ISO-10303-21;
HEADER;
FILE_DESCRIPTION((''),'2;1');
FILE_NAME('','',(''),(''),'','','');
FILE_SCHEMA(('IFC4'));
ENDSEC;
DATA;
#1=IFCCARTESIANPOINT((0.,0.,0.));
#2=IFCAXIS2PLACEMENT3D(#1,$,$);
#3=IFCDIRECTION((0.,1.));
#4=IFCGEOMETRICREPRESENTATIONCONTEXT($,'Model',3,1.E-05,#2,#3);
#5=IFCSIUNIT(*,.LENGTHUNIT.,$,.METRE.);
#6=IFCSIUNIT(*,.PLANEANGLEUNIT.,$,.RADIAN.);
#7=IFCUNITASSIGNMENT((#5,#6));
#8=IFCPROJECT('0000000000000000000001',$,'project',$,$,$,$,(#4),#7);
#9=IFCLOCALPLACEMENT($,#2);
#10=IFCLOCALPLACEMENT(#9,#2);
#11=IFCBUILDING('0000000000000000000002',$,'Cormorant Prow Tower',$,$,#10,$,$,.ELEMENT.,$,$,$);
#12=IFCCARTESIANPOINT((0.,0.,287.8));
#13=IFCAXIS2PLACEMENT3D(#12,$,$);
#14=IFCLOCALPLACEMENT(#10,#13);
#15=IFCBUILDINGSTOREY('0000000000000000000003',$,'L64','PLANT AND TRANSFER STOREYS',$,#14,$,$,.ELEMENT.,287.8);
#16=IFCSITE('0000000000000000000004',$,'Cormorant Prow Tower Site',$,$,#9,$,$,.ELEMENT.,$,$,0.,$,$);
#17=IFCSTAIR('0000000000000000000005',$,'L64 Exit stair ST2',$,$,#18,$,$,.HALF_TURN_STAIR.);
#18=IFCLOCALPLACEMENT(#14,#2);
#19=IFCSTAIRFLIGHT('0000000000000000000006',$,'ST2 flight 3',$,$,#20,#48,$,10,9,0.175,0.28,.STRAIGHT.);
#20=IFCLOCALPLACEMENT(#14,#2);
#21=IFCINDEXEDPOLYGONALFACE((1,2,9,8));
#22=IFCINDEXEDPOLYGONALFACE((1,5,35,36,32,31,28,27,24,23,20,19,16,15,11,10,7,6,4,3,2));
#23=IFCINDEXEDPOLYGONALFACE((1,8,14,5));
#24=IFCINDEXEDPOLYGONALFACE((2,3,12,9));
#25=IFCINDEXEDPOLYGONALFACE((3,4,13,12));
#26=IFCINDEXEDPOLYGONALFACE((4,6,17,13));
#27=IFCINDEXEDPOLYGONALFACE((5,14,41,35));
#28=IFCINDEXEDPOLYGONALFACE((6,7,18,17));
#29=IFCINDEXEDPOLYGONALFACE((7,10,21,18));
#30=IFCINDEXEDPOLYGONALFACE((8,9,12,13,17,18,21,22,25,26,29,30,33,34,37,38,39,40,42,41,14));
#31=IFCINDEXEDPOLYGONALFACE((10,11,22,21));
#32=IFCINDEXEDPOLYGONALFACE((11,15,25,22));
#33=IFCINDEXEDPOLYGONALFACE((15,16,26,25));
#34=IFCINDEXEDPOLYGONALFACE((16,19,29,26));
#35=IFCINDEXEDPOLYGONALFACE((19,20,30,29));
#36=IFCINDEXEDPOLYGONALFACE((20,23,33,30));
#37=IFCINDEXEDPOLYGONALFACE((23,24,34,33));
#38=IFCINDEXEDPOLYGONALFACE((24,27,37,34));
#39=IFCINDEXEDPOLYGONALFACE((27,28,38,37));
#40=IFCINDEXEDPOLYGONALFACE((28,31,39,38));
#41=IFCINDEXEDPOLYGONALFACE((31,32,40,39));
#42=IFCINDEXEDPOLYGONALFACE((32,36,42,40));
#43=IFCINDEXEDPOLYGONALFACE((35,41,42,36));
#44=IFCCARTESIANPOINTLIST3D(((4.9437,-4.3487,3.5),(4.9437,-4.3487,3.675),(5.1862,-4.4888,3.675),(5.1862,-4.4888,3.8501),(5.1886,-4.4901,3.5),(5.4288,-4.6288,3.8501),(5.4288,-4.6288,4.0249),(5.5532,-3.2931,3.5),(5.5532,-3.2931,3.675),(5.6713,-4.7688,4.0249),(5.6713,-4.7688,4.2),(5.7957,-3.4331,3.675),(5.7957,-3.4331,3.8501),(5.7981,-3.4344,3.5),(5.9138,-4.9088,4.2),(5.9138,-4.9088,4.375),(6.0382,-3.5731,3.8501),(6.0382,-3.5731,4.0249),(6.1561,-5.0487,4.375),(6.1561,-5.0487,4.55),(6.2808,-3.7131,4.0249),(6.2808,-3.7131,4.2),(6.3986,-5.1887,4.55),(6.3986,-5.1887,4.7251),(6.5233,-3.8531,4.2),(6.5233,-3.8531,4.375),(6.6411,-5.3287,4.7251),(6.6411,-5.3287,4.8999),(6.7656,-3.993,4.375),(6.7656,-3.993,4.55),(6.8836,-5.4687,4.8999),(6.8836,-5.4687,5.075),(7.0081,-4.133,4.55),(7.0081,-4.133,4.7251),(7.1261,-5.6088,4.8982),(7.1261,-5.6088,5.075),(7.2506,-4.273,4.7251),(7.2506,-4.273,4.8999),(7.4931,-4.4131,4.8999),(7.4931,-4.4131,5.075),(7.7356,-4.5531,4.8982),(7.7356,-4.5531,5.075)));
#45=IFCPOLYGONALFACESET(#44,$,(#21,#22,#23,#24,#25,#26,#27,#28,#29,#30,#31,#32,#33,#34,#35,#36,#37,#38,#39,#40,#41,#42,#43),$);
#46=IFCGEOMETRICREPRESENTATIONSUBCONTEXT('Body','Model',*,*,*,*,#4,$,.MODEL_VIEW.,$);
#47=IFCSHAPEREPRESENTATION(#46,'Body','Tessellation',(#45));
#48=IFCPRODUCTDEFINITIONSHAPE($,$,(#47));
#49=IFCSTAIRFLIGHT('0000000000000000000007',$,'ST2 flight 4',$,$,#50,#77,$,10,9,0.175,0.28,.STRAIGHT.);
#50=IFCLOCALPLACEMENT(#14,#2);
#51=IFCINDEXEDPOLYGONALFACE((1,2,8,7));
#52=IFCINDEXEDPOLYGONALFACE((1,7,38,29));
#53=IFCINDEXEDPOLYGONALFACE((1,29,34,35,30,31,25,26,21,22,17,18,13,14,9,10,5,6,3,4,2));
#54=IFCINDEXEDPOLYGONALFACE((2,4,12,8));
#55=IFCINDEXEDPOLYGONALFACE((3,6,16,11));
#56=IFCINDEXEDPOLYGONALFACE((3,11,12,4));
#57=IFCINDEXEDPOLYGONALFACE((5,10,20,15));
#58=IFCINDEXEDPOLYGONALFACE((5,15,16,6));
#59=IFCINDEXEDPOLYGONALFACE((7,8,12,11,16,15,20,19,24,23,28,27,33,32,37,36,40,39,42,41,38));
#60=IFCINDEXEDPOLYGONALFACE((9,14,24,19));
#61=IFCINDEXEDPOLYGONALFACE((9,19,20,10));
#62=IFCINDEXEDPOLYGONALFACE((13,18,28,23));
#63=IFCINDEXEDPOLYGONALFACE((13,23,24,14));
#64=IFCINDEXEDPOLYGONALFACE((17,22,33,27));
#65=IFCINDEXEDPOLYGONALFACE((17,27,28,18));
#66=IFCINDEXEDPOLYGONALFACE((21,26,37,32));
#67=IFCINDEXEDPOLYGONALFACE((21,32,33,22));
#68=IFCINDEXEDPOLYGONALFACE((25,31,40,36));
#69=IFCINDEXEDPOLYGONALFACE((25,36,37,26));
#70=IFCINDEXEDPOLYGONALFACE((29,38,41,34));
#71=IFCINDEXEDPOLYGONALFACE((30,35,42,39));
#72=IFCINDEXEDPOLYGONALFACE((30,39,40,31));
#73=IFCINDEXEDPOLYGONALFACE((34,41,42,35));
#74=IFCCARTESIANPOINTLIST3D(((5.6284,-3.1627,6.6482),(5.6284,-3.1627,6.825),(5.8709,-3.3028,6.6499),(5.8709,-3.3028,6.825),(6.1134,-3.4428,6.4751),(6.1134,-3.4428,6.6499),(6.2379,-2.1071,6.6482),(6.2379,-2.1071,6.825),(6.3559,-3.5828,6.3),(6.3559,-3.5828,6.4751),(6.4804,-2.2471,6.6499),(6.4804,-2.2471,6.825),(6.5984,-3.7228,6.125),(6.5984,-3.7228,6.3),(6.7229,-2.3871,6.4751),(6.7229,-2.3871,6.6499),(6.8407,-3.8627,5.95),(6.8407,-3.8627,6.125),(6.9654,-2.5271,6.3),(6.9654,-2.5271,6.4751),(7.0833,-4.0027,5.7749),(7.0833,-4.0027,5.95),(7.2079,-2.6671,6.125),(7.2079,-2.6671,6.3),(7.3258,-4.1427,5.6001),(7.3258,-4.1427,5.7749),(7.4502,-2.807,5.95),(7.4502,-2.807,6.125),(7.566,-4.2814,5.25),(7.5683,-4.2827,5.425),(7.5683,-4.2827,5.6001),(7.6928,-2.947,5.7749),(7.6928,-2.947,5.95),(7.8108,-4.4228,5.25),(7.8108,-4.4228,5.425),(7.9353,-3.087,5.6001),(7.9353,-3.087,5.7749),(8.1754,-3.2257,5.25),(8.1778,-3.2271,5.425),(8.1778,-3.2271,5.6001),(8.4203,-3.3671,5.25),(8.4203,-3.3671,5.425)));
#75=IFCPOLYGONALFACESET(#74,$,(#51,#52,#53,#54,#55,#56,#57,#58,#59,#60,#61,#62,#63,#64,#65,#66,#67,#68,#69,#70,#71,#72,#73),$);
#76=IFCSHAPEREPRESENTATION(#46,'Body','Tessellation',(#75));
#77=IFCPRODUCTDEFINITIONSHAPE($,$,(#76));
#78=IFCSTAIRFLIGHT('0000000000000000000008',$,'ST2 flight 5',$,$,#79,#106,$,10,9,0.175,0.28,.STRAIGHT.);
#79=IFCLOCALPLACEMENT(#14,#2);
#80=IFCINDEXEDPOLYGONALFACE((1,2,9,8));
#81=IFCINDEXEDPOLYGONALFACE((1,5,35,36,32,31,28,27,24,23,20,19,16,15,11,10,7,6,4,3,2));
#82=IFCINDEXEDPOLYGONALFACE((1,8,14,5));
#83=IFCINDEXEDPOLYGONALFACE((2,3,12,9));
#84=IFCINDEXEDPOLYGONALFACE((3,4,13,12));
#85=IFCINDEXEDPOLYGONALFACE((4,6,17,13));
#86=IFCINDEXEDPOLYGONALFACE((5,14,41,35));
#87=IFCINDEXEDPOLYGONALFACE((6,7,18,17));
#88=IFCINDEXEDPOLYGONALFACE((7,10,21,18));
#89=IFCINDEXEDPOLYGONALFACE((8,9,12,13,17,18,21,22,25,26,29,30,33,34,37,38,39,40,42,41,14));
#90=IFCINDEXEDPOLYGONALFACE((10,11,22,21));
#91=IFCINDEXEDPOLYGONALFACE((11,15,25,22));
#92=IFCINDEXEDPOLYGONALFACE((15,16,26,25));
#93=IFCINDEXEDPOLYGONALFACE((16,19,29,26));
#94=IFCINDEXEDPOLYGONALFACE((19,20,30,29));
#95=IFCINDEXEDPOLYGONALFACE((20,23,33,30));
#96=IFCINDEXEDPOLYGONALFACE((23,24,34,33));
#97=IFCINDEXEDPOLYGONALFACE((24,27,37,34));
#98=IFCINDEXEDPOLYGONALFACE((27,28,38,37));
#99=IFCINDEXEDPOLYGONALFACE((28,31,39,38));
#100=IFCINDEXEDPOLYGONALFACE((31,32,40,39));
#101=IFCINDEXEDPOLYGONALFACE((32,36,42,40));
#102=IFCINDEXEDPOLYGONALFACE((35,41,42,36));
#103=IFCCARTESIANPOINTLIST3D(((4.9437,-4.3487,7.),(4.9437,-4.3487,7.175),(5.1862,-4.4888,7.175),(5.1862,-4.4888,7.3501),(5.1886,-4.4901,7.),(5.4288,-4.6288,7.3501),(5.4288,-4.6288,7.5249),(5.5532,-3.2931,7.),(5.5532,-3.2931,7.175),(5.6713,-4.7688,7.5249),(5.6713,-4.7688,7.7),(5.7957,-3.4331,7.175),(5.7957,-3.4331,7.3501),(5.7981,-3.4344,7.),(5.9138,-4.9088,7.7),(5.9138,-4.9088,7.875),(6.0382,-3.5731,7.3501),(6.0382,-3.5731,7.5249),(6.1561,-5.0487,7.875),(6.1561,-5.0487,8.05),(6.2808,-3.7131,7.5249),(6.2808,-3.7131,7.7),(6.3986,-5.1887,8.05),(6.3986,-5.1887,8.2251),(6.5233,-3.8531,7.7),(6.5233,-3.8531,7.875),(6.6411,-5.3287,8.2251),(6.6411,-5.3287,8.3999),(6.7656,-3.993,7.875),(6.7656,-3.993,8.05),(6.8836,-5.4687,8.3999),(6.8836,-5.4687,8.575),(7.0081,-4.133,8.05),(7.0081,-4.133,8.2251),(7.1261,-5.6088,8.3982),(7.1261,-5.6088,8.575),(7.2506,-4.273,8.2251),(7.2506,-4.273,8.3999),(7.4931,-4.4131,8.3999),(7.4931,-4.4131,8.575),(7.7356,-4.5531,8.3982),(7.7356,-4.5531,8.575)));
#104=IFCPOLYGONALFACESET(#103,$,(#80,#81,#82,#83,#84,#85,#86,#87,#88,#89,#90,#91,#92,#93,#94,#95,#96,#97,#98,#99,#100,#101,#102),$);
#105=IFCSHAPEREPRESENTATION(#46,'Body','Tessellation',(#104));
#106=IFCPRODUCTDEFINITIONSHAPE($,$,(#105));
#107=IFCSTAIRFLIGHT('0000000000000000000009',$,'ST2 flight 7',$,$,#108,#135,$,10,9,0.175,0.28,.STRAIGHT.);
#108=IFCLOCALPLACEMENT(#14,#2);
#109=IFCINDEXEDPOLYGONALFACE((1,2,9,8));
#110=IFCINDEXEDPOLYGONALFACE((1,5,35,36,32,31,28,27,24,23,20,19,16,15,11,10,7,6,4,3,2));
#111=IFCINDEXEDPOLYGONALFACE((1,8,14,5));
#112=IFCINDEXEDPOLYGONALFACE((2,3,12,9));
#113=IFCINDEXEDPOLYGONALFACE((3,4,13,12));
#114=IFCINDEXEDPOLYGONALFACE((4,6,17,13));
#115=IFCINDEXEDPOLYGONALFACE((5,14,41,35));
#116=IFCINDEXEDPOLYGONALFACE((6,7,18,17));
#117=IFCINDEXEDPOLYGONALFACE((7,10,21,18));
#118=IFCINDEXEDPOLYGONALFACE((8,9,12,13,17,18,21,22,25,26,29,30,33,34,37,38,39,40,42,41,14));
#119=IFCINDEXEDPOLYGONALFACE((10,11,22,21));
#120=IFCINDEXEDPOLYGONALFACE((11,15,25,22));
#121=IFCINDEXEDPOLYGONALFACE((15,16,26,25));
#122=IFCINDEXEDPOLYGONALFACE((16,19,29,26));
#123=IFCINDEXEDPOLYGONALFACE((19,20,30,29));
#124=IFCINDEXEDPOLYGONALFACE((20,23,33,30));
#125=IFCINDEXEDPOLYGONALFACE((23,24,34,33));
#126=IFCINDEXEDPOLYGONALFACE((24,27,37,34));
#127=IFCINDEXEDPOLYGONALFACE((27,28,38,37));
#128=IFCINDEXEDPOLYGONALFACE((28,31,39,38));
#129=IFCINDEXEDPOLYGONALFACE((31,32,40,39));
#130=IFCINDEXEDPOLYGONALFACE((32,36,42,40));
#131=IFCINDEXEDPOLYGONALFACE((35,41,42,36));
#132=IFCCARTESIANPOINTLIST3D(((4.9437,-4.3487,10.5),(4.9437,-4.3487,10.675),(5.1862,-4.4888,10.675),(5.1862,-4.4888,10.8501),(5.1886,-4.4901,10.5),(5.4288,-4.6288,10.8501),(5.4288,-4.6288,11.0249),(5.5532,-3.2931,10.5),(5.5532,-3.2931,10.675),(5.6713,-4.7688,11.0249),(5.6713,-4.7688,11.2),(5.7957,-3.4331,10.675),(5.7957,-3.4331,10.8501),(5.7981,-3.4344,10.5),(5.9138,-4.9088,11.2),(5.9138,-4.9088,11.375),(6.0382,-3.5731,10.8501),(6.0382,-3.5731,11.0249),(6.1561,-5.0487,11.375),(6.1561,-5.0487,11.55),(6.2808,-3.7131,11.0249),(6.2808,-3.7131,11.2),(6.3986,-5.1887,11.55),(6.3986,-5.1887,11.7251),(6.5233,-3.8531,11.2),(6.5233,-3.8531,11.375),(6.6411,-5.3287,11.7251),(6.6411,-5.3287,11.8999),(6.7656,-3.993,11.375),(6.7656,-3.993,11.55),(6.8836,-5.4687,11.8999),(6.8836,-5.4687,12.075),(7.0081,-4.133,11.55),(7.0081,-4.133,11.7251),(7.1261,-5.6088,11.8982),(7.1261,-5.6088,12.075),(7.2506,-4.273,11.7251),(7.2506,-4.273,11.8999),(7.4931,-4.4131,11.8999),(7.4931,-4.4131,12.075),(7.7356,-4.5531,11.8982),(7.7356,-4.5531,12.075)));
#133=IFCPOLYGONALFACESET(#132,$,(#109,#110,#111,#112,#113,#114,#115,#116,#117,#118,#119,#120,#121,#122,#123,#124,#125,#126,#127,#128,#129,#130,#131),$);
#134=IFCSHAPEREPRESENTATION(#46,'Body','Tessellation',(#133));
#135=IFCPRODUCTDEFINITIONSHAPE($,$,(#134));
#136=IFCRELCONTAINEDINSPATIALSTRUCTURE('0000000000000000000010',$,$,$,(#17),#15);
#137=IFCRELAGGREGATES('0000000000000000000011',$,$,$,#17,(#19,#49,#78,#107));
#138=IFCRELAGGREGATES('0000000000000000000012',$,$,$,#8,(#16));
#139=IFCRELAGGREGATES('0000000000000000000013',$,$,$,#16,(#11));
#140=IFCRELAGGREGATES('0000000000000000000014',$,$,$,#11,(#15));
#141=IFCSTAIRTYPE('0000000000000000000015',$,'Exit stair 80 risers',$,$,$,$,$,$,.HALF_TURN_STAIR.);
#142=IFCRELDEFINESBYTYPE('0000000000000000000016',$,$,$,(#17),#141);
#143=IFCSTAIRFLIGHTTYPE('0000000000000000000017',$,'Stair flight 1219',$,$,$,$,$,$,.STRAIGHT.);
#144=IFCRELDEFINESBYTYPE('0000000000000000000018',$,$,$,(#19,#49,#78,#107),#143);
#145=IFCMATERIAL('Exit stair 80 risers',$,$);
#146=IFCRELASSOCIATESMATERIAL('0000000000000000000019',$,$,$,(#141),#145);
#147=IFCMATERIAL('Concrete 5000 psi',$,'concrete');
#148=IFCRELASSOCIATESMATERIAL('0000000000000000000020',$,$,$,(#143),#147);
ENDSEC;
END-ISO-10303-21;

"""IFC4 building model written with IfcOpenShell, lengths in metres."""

from ifc_helpers import new_model, si_unit, direction, frame, origin, place, context, subcontext, project, spatial, polyline, outline, extrude, material, type_object, element, aggregate, save


model = new_model("IFC4")

# Units and contexts
model_context = context("Model", 3, precision=1e-05, world=origin(), true_north=direction((0.0, 1.0)))
body_context = subcontext(model_context, "Body", "Model", "MODEL_VIEW")
ifc_project = project(units=[si_unit("LENGTHUNIT", "METRE"), si_unit("PLANEANGLEUNIT", "RADIAN")], contexts=[model_context])

# Site, building, storey
site_placement = place(None, origin())
site = spatial("IfcSite", under=ifc_project, at=site_placement, Name="Cormorant Prow Tower Site", CompositionType="ELEMENT", RefElevation=0.0)
building_placement = place(site_placement, origin())
building = spatial("IfcBuilding", under=site, at=building_placement, Name="Cormorant Prow Tower", CompositionType="ELEMENT")
storey_placement = place(building_placement, frame((0.0, 0.0, 287.8)))
storey = spatial("IfcBuildingStorey", under=building, at=storey_placement, Name="L64", Description="PLANT AND TRANSFER STOREYS", CompositionType="ELEMENT", Elevation=287.8)

# Stair, stair flights
ifc_material_1 = material(Name="Exit stair 80 risers")
stair_type = type_object("IfcStairType", Name="Exit stair 80 risers", PredefinedType="HALF_TURN_STAIR", material=ifc_material_1)
stair_placement = place(storey_placement, origin())
stair = element("IfcStair", 1, at=stair_placement, inside=storey, type_object=stair_type, Name="L64 Exit stair ST2", PredefinedType="HALF_TURN_STAIR")
ifc_material_2 = material(Name="Concrete 5000 psi", Category="concrete")
stair_flight_type = type_object("IfcStairFlightType", Name="Stair flight 1219", PredefinedType="STRAIGHT", material=ifc_material_2)
stair_flight_1_placement = place(storey_placement, frame((5.2485, -3.8208, 3.5), z_axis=(0.0, 0.0, 1.0), x_axis=(0.866025, -0.5, 0.0)))
stair_flight_1 = element("IfcStairFlight", 2, at=stair_flight_1_placement, type_object=stair_flight_type, Name="ST2 flight 3", NumberOfRisers=10, NumberOfTreads=9, PredefinedType="STRAIGHT", RiserHeight=0.175, TreadLength=0.28, context=body_context, shape_type="SweptSolid", body=[
    extrude(outline(polyline([(0.0, 0.0), (0.0, 0.175), (0.28, 0.175), (0.28, 0.3501), (0.5601, 0.3501), (0.5601, 0.5249), (0.8401, 0.5249), (0.8401, 0.7), (1.1201, 0.7), (1.1201, 0.875), (1.3999, 0.875), (1.3999, 1.05), (1.6799, 1.05), (1.6799, 1.2251), (1.96, 1.2251), (1.96, 1.3999), (2.24, 1.3999), (2.24, 1.575), (2.52, 1.575), (2.52, 1.75), (2.52, 1.3982), (0.2827, 0.0), (0.0, 0.0)])), frame((0.0, 0.6094, 0.0), z_axis=(0.0, -1.0, 0.0), x_axis=(1.0, 0.0, 0.0)), (0.0, 0.0, 1.0), 1.219),
])
stair_flight_2_placement = place(storey_placement, frame((8.1155, -3.895, 5.25), z_axis=(0.0, 0.0, 1.0), x_axis=(-0.866025, 0.5, 0.0)))
stair_flight_2 = element("IfcStairFlight", 3, at=stair_flight_2_placement, type_object=stair_flight_type, Name="ST2 flight 4", NumberOfRisers=10, NumberOfTreads=9, PredefinedType="STRAIGHT", RiserHeight=0.175, TreadLength=0.28, context=body_context, shape_type="SweptSolid", body=[
    extrude(outline(polyline([(0.0, 0.0), (0.0, 0.175), (0.28, 0.175), (0.28, 0.3501), (0.5601, 0.3501), (0.5601, 0.5249), (0.8401, 0.5249), (0.8401, 0.7), (1.1201, 0.7), (1.1201, 0.875), (1.3999, 0.875), (1.3999, 1.05), (1.6799, 1.05), (1.6799, 1.2251), (1.96, 1.2251), (1.96, 1.3999), (2.24, 1.3999), (2.24, 1.575), (2.52, 1.575), (2.52, 1.75), (2.52, 1.3982), (0.2827, 0.0), (0.0, 0.0)])), frame((0.0, 0.6094, 0.0), z_axis=(0.0, -1.0, 0.0), x_axis=(1.0, 0.0, 0.0)), (0.0, 0.0, 1.0), 1.219),
])
stair_flight_3_placement = place(storey_placement, frame((5.2485, -3.8208, 7.0), z_axis=(0.0, 0.0, 1.0), x_axis=(0.866025, -0.5, 0.0)))
stair_flight_3 = element("IfcStairFlight", 4, at=stair_flight_3_placement, type_object=stair_flight_type, Name="ST2 flight 5", NumberOfRisers=10, NumberOfTreads=9, PredefinedType="STRAIGHT", RiserHeight=0.175, TreadLength=0.28, context=body_context, shape_type="SweptSolid", body=[
    extrude(outline(polyline([(0.0, 0.0), (0.0, 0.175), (0.28, 0.175), (0.28, 0.3501), (0.5601, 0.3501), (0.5601, 0.5249), (0.8401, 0.5249), (0.8401, 0.7), (1.1201, 0.7), (1.1201, 0.875), (1.3999, 0.875), (1.3999, 1.05), (1.6799, 1.05), (1.6799, 1.2251), (1.96, 1.2251), (1.96, 1.3999), (2.24, 1.3999), (2.24, 1.575), (2.52, 1.575), (2.52, 1.75), (2.52, 1.3982), (0.2827, 0.0), (0.0, 0.0)])), frame((0.0, 0.6094, 0.0), z_axis=(0.0, -1.0, 0.0), x_axis=(1.0, 0.0, 0.0)), (0.0, 0.0, 1.0), 1.219),
])
stair_flight_4_placement = place(storey_placement, frame((5.2485, -3.8208, 10.5), z_axis=(0.0, 0.0, 1.0), x_axis=(0.866025, -0.5, 0.0)))
stair_flight_4 = element("IfcStairFlight", 5, at=stair_flight_4_placement, type_object=stair_flight_type, Name="ST2 flight 7", NumberOfRisers=10, NumberOfTreads=9, PredefinedType="STRAIGHT", RiserHeight=0.175, TreadLength=0.28, context=body_context, shape_type="SweptSolid", body=[
    extrude(outline(polyline([(0.0, 0.0), (0.0, 0.175), (0.28, 0.175), (0.28, 0.3501), (0.5601, 0.3501), (0.5601, 0.5249), (0.8401, 0.5249), (0.8401, 0.7), (1.1201, 0.7), (1.1201, 0.875), (1.3999, 0.875), (1.3999, 1.05), (1.6799, 1.05), (1.6799, 1.2251), (1.96, 1.2251), (1.96, 1.3999), (2.24, 1.3999), (2.24, 1.575), (2.52, 1.575), (2.52, 1.75), (2.52, 1.3982), (0.2827, 0.0), (0.0, 0.0)])), frame((0.0, 0.6094, 0.0), z_axis=(0.0, -1.0, 0.0), x_axis=(1.0, 0.0, 0.0)), (0.0, 0.0, 1.0), 1.219),
])
aggregate(stair, [stair_flight_1, stair_flight_2, stair_flight_3, stair_flight_4])

save(model, "model.ifc")
